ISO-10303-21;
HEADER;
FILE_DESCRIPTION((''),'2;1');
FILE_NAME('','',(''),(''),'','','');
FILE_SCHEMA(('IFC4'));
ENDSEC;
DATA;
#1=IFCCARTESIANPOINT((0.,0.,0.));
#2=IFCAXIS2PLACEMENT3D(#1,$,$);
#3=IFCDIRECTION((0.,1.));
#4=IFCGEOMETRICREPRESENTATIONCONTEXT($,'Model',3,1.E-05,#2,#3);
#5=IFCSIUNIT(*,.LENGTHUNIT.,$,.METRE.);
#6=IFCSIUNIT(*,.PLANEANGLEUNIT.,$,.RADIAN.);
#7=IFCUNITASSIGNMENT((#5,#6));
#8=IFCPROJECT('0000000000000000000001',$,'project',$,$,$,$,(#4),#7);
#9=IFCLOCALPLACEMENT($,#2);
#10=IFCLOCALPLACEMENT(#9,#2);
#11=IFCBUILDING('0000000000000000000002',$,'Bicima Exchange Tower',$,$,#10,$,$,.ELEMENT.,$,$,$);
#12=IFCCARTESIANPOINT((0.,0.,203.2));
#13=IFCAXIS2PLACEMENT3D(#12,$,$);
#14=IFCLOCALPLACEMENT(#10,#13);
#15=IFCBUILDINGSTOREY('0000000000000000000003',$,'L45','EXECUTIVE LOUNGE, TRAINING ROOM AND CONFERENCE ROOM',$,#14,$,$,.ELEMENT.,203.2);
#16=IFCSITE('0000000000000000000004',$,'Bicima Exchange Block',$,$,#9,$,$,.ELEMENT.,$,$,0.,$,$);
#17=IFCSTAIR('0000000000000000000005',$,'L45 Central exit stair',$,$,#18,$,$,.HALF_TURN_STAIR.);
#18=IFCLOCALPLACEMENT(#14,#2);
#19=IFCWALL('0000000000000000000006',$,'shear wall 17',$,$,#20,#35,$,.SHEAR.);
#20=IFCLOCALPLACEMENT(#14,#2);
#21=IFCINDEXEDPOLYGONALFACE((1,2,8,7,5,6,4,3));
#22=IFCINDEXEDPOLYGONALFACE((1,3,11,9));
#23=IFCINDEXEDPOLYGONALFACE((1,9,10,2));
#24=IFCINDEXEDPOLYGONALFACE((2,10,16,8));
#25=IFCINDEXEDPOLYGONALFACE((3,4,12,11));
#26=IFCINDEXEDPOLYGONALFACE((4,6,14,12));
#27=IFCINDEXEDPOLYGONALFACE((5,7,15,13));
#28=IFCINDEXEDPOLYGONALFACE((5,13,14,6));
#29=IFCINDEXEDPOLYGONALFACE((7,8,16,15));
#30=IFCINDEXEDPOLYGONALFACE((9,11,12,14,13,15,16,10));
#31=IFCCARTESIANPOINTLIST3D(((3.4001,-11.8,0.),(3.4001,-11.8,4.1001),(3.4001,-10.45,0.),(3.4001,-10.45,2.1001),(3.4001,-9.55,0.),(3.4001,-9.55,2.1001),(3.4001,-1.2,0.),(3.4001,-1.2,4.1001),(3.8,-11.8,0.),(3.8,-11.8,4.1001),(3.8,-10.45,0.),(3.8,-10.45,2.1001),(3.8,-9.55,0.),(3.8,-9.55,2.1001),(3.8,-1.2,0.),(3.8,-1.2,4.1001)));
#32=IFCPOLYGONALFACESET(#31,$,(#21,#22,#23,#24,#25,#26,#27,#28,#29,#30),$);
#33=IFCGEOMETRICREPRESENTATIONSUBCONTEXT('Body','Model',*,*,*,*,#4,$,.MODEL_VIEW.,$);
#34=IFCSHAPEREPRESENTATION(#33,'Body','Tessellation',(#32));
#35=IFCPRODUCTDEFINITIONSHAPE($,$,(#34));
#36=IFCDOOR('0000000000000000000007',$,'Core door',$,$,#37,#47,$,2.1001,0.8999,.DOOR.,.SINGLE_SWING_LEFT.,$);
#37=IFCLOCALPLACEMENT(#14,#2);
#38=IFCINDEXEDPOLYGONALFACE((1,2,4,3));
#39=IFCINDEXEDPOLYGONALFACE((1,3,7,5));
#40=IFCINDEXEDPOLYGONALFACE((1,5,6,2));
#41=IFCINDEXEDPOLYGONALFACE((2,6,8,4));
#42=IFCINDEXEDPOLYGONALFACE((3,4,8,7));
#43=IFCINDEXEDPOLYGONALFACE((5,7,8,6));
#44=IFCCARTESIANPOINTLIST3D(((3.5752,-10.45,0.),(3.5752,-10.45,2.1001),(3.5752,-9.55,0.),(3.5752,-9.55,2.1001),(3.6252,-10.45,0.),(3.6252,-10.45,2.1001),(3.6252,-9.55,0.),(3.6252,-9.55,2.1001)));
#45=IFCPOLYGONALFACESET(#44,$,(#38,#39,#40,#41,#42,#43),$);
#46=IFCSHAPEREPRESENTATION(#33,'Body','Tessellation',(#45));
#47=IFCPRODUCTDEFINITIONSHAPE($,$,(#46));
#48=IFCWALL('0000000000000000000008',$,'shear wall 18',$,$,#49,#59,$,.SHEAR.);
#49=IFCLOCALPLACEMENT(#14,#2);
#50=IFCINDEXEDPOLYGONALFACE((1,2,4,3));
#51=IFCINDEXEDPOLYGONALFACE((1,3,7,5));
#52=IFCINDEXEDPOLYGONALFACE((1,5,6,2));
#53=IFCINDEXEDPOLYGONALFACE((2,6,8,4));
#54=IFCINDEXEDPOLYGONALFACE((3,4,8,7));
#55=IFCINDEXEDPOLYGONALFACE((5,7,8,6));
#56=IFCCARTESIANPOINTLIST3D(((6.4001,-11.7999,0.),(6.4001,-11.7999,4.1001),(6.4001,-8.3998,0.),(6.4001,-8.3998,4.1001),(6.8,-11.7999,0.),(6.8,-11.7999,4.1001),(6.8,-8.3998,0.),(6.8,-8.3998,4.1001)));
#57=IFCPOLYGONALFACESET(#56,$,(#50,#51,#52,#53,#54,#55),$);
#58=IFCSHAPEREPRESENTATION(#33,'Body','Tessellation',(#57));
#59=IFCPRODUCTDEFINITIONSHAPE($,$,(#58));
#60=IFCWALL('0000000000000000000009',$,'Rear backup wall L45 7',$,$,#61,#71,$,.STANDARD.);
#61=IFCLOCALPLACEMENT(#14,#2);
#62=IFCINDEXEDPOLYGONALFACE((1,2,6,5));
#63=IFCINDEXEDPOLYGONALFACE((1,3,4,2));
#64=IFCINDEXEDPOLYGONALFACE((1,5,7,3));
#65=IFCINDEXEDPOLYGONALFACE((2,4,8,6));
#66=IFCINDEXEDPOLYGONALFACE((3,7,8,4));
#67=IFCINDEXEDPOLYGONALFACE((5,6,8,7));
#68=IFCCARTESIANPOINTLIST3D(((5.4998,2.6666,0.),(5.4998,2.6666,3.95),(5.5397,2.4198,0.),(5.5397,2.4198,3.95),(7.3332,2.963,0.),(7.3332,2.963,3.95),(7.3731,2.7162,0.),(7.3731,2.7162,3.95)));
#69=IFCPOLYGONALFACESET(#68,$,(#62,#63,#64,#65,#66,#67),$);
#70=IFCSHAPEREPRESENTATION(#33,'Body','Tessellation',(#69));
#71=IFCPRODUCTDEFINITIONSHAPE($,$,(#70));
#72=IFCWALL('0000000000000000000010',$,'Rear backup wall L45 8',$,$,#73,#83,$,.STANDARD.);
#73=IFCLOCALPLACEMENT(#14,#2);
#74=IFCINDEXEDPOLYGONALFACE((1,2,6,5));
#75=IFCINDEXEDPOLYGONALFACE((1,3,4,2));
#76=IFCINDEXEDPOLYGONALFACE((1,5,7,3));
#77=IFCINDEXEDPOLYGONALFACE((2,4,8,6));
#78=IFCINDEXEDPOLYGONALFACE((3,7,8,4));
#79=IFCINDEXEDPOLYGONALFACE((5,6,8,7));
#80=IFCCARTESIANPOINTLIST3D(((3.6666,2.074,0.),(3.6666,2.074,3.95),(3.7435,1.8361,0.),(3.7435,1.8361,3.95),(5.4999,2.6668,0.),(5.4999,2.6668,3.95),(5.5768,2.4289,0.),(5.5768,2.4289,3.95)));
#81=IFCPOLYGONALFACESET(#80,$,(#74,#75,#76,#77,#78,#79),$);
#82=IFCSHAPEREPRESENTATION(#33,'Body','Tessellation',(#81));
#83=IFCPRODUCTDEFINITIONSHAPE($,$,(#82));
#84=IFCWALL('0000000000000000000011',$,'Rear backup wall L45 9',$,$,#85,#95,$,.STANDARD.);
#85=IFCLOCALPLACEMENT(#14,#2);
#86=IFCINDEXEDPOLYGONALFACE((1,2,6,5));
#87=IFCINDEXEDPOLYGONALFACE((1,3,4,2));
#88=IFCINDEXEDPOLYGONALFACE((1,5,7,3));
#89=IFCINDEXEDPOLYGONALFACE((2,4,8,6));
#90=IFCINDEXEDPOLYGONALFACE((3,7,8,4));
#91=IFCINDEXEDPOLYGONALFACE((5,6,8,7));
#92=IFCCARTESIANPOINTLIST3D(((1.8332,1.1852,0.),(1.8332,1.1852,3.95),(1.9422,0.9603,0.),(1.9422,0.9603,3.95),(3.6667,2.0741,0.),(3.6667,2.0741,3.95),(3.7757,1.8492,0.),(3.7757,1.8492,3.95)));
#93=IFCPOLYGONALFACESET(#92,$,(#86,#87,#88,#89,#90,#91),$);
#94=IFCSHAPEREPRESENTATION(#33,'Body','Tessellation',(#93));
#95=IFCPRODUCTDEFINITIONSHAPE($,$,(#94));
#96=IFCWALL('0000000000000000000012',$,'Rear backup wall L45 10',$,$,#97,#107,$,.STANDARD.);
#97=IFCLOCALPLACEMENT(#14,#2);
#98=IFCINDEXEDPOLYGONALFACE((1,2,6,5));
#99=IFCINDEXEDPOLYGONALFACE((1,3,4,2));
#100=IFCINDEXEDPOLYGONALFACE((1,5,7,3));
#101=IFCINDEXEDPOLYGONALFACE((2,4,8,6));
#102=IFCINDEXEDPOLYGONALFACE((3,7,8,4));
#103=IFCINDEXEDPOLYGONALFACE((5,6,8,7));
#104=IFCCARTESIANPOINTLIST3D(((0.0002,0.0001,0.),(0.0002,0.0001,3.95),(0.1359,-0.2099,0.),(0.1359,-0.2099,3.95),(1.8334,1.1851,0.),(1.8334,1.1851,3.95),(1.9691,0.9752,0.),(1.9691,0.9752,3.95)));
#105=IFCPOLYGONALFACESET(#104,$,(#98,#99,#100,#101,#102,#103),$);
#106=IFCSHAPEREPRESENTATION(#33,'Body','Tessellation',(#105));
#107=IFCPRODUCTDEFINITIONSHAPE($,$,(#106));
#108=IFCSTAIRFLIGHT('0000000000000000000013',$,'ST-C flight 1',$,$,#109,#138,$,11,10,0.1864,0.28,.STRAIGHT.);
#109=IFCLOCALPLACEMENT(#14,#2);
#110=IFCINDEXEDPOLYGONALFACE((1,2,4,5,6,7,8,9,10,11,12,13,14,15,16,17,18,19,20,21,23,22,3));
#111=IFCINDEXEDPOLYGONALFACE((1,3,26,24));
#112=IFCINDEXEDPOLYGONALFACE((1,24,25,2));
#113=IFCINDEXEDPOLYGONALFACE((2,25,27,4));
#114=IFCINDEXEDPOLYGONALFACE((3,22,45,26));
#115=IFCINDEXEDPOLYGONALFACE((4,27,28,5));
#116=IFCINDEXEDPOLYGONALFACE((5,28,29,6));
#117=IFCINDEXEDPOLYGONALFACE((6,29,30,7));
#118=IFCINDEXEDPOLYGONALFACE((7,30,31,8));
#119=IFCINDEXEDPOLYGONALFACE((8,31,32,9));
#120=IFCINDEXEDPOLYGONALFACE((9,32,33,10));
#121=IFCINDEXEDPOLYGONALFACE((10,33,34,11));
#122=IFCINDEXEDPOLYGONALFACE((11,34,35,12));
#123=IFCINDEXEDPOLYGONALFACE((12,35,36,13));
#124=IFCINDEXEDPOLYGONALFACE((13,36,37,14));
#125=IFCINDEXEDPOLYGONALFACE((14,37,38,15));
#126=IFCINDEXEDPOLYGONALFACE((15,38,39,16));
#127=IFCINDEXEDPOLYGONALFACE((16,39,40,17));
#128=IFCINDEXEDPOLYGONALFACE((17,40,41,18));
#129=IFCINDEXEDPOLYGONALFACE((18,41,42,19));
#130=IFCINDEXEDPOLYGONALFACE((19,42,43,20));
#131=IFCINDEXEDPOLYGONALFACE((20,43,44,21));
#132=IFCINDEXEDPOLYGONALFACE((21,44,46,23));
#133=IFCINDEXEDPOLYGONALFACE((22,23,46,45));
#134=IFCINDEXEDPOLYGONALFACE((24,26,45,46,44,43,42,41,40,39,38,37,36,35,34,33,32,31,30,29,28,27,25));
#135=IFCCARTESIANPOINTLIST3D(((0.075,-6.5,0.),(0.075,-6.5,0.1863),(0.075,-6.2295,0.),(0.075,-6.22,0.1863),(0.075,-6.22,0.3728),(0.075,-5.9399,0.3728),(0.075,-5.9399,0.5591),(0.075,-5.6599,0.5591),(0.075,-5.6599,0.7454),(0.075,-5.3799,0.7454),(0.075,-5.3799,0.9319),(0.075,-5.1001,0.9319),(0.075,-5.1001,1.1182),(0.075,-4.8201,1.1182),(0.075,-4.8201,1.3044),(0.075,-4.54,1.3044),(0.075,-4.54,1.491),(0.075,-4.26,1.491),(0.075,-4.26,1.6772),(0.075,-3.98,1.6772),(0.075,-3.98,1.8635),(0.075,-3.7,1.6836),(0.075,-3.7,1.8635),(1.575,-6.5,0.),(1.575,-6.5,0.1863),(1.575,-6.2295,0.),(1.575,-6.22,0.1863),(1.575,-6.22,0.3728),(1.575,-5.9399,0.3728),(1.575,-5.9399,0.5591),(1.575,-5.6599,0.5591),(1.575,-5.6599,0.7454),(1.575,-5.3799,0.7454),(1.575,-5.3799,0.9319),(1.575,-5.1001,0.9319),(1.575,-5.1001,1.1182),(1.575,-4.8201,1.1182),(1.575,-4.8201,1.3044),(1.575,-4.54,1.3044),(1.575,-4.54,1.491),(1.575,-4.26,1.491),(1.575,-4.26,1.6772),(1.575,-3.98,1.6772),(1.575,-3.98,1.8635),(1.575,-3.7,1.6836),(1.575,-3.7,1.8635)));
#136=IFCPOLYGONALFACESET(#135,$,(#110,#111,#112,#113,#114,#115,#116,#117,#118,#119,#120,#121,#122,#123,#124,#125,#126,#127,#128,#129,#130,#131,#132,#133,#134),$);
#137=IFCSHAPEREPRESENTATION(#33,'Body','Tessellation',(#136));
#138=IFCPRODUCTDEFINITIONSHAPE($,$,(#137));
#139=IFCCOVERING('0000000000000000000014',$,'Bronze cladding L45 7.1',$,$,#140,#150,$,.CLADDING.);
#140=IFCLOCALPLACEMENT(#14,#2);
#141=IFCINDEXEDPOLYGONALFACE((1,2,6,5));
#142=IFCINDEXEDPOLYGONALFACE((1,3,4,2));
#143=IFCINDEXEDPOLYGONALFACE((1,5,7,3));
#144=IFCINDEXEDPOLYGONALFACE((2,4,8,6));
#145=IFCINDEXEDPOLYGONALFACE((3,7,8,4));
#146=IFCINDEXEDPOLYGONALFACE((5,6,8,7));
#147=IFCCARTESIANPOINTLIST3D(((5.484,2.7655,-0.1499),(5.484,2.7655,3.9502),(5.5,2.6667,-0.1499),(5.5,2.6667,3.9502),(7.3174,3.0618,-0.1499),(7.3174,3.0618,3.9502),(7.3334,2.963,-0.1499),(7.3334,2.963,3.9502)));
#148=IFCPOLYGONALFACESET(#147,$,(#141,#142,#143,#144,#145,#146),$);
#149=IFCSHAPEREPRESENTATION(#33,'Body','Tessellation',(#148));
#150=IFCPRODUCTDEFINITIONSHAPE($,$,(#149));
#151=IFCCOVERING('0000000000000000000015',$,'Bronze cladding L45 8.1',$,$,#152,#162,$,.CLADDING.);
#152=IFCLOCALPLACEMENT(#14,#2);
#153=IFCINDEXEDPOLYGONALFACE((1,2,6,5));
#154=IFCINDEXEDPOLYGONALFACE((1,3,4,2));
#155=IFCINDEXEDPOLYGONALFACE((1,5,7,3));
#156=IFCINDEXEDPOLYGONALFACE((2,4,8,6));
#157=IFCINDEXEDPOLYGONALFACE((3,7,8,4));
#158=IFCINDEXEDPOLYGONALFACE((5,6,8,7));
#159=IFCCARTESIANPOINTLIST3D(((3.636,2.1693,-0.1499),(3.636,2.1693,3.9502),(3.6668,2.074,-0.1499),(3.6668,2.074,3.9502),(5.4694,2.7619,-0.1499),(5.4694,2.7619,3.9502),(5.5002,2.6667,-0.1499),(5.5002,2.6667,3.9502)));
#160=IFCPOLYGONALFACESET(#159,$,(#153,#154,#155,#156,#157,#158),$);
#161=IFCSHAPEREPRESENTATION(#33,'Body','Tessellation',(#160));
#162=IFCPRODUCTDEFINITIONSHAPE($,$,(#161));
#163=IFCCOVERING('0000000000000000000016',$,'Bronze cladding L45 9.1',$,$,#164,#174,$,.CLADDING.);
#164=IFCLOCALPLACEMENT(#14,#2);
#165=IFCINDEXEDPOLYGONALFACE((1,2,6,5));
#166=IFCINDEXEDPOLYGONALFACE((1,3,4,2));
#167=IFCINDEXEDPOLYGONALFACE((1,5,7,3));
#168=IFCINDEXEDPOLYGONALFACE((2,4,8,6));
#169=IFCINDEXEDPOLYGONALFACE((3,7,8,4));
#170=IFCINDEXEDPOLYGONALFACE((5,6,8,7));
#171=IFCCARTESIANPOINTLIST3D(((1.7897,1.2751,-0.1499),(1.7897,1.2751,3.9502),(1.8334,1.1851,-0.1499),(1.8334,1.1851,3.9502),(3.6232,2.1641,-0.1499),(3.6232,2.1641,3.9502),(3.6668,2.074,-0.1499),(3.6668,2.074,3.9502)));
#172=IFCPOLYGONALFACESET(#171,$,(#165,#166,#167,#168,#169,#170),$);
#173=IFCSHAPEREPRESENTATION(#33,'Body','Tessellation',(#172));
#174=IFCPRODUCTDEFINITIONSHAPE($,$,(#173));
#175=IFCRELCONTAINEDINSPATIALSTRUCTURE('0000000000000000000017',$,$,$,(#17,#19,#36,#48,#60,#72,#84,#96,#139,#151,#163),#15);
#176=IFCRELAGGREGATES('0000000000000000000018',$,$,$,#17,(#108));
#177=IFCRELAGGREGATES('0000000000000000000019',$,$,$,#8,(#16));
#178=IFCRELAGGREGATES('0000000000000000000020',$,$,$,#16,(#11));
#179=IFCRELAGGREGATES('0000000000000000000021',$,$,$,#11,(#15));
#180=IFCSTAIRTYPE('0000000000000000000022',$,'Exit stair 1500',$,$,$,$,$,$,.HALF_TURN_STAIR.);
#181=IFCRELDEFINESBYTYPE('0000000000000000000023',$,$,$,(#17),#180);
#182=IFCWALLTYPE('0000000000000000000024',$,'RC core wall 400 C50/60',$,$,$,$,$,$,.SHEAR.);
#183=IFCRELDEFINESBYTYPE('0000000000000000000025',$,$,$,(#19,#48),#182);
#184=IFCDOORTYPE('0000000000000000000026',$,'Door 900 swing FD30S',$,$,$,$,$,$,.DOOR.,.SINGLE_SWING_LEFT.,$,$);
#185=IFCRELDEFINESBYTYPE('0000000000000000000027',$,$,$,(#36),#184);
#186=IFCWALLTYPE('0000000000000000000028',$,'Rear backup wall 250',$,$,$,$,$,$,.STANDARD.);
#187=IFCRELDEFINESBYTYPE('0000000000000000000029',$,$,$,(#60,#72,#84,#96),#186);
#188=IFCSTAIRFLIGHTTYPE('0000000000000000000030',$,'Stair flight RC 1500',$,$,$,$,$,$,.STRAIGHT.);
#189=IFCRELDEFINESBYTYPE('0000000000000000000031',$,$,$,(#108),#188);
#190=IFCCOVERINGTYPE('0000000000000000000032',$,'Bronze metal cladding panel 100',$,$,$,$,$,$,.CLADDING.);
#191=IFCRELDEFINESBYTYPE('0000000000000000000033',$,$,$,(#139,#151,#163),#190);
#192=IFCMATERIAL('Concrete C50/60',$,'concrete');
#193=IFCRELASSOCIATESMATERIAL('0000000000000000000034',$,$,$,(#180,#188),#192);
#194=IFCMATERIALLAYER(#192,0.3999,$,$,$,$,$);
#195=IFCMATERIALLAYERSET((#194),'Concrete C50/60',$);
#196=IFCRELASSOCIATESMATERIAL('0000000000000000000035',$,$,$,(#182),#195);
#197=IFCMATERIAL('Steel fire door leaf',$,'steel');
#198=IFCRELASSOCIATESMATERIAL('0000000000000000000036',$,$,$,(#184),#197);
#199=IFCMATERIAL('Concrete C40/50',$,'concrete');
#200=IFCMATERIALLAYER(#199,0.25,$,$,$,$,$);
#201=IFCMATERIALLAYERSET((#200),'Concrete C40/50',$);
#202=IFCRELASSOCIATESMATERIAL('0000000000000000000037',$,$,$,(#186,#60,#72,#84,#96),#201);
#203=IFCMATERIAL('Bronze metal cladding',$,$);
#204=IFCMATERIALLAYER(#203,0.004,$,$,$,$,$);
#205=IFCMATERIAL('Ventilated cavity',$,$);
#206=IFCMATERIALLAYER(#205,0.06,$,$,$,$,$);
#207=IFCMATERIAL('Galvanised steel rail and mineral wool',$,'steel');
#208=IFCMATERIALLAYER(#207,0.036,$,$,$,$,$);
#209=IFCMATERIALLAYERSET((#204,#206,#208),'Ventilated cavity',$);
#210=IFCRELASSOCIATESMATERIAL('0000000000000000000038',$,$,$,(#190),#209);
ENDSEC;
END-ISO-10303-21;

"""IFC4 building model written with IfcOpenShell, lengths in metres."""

from ifc_helpers import new_model, si_unit, direction, frame, frame_2d, origin, origin_2d, place, context, subcontext, project, spatial, polyline, rectangle, outline, extrude, material, layer, layer_set, layer_usage, type_object, element, fill, aggregate, save


model = new_model("IFC4")

# Units and contexts
model_context = context("Model", 3, precision=1e-05, world=origin(), true_north=direction((0.0, 1.0)))
body_context = subcontext(model_context, "Body", "Model", "MODEL_VIEW")
ifc_project = project(units=[si_unit("LENGTHUNIT", "METRE"), si_unit("PLANEANGLEUNIT", "RADIAN")], contexts=[model_context])

# Site, building, storey
site_placement = place(None, origin())
site = spatial("IfcSite", under=ifc_project, at=site_placement, Name="Bicima Exchange Block", CompositionType="ELEMENT", RefElevation=0.0)
building_placement = place(site_placement, origin())
building = spatial("IfcBuilding", under=site, at=building_placement, Name="Bicima Exchange Tower", CompositionType="ELEMENT")
storey_placement = place(building_placement, frame((0.0, 0.0, 203.2)))
storey = spatial("IfcBuildingStorey", under=building, at=storey_placement, Name="L45", Description="EXECUTIVE LOUNGE, TRAINING ROOM AND CONFERENCE ROOM", CompositionType="ELEMENT", Elevation=203.2)

# Stair
ifc_material_1 = material(Name="Concrete C50/60", Category="concrete")
stair_type_1 = type_object("IfcStairType", Name="Exit stair 1500", PredefinedType="HALF_TURN_STAIR", material=ifc_material_1)
stair_1_placement = place(storey_placement, origin())
stair_1 = element("IfcStair", 1, at=stair_1_placement, inside=storey, type_object=stair_type_1, Name="L45 Central exit stair", PredefinedType="HALF_TURN_STAIR")

# Shared definitions
ifc_layer_1 = layer(ifc_material_1, 0.3999)
ifc_layer_set_1 = layer_set([ifc_layer_1], Name="Concrete C50/60")
wall_type_1 = type_object("IfcWallType", Name="RC core wall 400 C50/60", PredefinedType="SHEAR", material=ifc_layer_set_1)

# Shared definitions
ifc_material_2 = material(Name="Steel fire door leaf", Category="steel")
door_type_1 = type_object("IfcDoorType", Name="Door 900 swing FD30S", OperationType="SINGLE_SWING_LEFT", PredefinedType="DOOR", material=ifc_material_2)

# Wall, opening, door
wall_1_placement = place(storey_placement, frame((3.6001, -11.8, 0.0), z_axis=(0.0, 0.0, 1.0), x_axis=(0.0, 1.0, 0.0)))
wall_1 = element("IfcWall", 2, at=wall_1_placement, inside=storey, type_object=wall_type_1, Name="shear wall 17", PredefinedType="SHEAR", context=body_context, shape_type="SweptSolid", body=[
    extrude(rectangle(XDim=10.6001, YDim=0.3999, at=frame_2d((5.3, 0.0))), origin(), (0.0, 0.0, 1.0), 4.1001),
])
opening_1_placement = place(wall_1_placement, frame((1.3501, 0.0, 0.0)))
opening_1 = element("IfcOpeningElement", 3, at=opening_1_placement, cuts=wall_1, PredefinedType="OPENING", context=body_context, shape_type="SweptSolid", body=[
    extrude(rectangle(XDim=0.8999, YDim=2.1001, at=frame_2d((0.45, 1.05))), frame((0.0, 0.2119, 0.0), z_axis=(0.0, -1.0, 0.0), x_axis=(1.0, 0.0, 0.0)), (0.0, 0.0, 1.0), 0.4238),
])
door_1_placement = place(opening_1_placement, origin())
door_1 = element("IfcDoor", 4, at=door_1_placement, inside=storey, type_object=door_type_1, Name="Core door", OperationType="SINGLE_SWING_LEFT", OverallHeight=2.1001, OverallWidth=0.8999, PredefinedType="DOOR", context=body_context, shape_type="SweptSolid", body=[
    extrude(rectangle(XDim=0.8999, YDim=2.1001, at=frame_2d((0.45, 1.05))), frame((0.0, 0.0249, 0.0), z_axis=(0.0, -1.0, 0.0), x_axis=(1.0, 0.0, 0.0)), (0.0, 0.0, 1.0), 0.05),
])
fill(opening_1, door_1)

# Walls
wall_2_placement = place(storey_placement, frame((6.6001, -11.8, 0.0), z_axis=(0.0, 0.0, 1.0), x_axis=(0.0, 1.0, 0.0)))
element("IfcWall", 5, at=wall_2_placement, inside=storey, type_object=wall_type_1, Name="shear wall 18", PredefinedType="SHEAR", context=body_context, shape_type="SweptSolid", body=[
    extrude(rectangle(XDim=3.4001, YDim=0.3999, at=frame_2d((1.7002, 0.0))), origin(), (0.0, 0.0, 1.0), 4.1001),
])
ifc_material_3 = material(Name="Concrete C40/50", Category="concrete")
ifc_layer_2 = layer(ifc_material_3, 0.25)
ifc_layer_set_2 = layer_set([ifc_layer_2], Name="Concrete C40/50")
ifc_layer_usage = layer_usage(ifc_layer_set_2, "AXIS2", "POSITIVE", -0.125)
wall_type_2 = type_object("IfcWallType", Name="Rear backup wall 250", PredefinedType="STANDARD", material=ifc_layer_set_2)
wall_3_placement = place(storey_placement, frame((7.3533, 2.8396, 0.0), z_axis=(0.0, 0.0, 1.0), x_axis=(-0.987182, -0.1596, 0.0)))
element("IfcWall", 6, at=wall_3_placement, inside=storey, type_object=wall_type_2, material=ifc_layer_usage, Name="Rear backup wall L45 7", PredefinedType="STANDARD", context=body_context, shape_type="SweptSolid", body=[
    extrude(rectangle(XDim=1.8572, YDim=0.25, at=frame_2d((0.9287, 0.0))), origin(), (0.0, 0.0, 1.0), 3.95),
])
wall_4_placement = place(storey_placement, frame((5.5383, 2.5479, 0.0), z_axis=(0.0, 0.0, 1.0), x_axis=(-0.951496, -0.307662, 0.0)))
element("IfcWall", 7, at=wall_4_placement, inside=storey, type_object=wall_type_2, material=ifc_layer_usage, Name="Rear backup wall L45 8", PredefinedType="STANDARD", context=body_context, shape_type="SweptSolid", body=[
    extrude(rectangle(XDim=1.9268, YDim=0.25, at=frame_2d((0.9634, 0.0))), origin(), (0.0, 0.0, 1.0), 3.95),
])
wall_5_placement = place(storey_placement, frame((3.7212, 1.9617, 0.0), z_axis=(0.0, 0.0, 1.0), x_axis=(-0.899824, -0.436253, 0.0)))
element("IfcWall", 8, at=wall_5_placement, inside=storey, type_object=wall_type_2, material=ifc_layer_usage, Name="Rear backup wall L45 9", PredefinedType="STANDARD", context=body_context, shape_type="SweptSolid", body=[
    extrude(rectangle(XDim=2.0376, YDim=0.25, at=frame_2d((1.0188, 0.0))), origin(), (0.0, 0.0, 1.0), 3.95),
])
wall_6_placement = place(storey_placement, frame((1.9011, 1.0801, 0.0), z_axis=(0.0, 0.0, 1.0), x_axis=(-0.839813, -0.542876, 0.0)))
element("IfcWall", 9, at=wall_6_placement, inside=storey, type_object=wall_type_2, material=ifc_layer_usage, Name="Rear backup wall L45 10", PredefinedType="STANDARD", context=body_context, shape_type="SweptSolid", body=[
    extrude(rectangle(XDim=2.1829, YDim=0.25, at=frame_2d((1.0913, 0.0))), origin(), (0.0, 0.0, 1.0), 3.95),
])

# Stair flight
stair_flight_type = type_object("IfcStairFlightType", Name="Stair flight RC 1500", PredefinedType="STRAIGHT", material=ifc_material_1)
stair_flight_placement = place(storey_placement, frame((0.825, -6.5, 0.0), z_axis=(0.0, 0.0, 1.0), x_axis=(0.0, 1.0, 0.0)))
stair_flight = element("IfcStairFlight", 10, at=stair_flight_placement, type_object=stair_flight_type, Name="ST-C flight 1", NumberOfRisers=11, NumberOfTreads=10, PredefinedType="STRAIGHT", RiserHeight=0.1864, TreadLength=0.28, context=body_context, shape_type="SweptSolid", body=[
    extrude(outline(polyline([(0.0, 0.0), (0.0, 0.1863), (0.28, 0.1863), (0.28, 0.3728), (0.5601, 0.3728), (0.5601, 0.5591), (0.8401, 0.5591), (0.8401, 0.7454), (1.1201, 0.7454), (1.1201, 0.9319), (1.3999, 0.9319), (1.3999, 1.1182), (1.6799, 1.1182), (1.6799, 1.3044), (1.96, 1.3044), (1.96, 1.491), (2.24, 1.491), (2.24, 1.6772), (2.52, 1.6772), (2.52, 1.8635), (2.8, 1.8635), (2.8, 2.05), (2.8, 1.6836), (0.2705, 0.0), (0.0, 0.0)])), frame((0.0, 0.75, 0.0), z_axis=(0.0, -1.0, 0.0), x_axis=(1.0, 0.0, 0.0)), (0.0, 0.0, 1.0), 1.5),
])
aggregate(stair_1, [stair_flight])

# Coverings
ifc_material_4 = material(Name="Bronze metal cladding")
ifc_layer_3 = layer(ifc_material_4, 0.004)
ifc_material_5 = material(Name="Ventilated cavity")
ifc_layer_4 = layer(ifc_material_5, 0.06)
ifc_material_6 = material(Name="Galvanised steel rail and mineral wool", Category="steel")
ifc_layer_5 = layer(ifc_material_6, 0.036)
ifc_layer_set_3 = layer_set([ifc_layer_3, ifc_layer_4, ifc_layer_5], Name="Ventilated cavity")
covering_type = type_object("IfcCoveringType", Name="Bronze metal cladding panel 100", PredefinedType="CLADDING", material=ifc_layer_set_3)
covering_1_placement = place(storey_placement, frame((6.4087, 2.8643, -0.1499), z_axis=(0.0, 0.0, 1.0), x_axis=(-0.98719, -0.15955, 0.0)))
element("IfcCovering", 11, at=covering_1_placement, inside=storey, type_object=covering_type, Name="Bronze cladding L45 7.1", PredefinedType="CLADDING", context=body_context, shape_type="SweptSolid", body=[
    extrude(rectangle(XDim=1.8572, YDim=0.1001, at=origin_2d()), origin(), (0.0, 0.0, 1.0), 4.1001),
])
covering_2_placement = place(storey_placement, frame((4.5681, 2.418, -0.1499), z_axis=(0.0, 0.0, 1.0), x_axis=(-0.951525, -0.307573, 0.0)))
element("IfcCovering", 12, at=covering_2_placement, inside=storey, type_object=covering_type, Name="Bronze cladding L45 8.1", PredefinedType="CLADDING", context=body_context, shape_type="SweptSolid", body=[
    extrude(rectangle(XDim=1.9268, YDim=0.1001, at=origin_2d()), origin(), (0.0, 0.0, 1.0), 4.1001),
])
covering_3_placement = place(storey_placement, frame((2.7283, 1.6746, -0.1499), z_axis=(0.0, 0.0, 1.0), x_axis=(-0.899818, -0.436265, 0.0)))
element("IfcCovering", 13, at=covering_3_placement, inside=storey, type_object=covering_type, Name="Bronze cladding L45 9.1", PredefinedType="CLADDING", context=body_context, shape_type="SweptSolid", body=[
    extrude(rectangle(XDim=2.0376, YDim=0.1001, at=origin_2d()), origin(), (0.0, 0.0, 1.0), 4.1001),
])

save(model, "model.ifc")
